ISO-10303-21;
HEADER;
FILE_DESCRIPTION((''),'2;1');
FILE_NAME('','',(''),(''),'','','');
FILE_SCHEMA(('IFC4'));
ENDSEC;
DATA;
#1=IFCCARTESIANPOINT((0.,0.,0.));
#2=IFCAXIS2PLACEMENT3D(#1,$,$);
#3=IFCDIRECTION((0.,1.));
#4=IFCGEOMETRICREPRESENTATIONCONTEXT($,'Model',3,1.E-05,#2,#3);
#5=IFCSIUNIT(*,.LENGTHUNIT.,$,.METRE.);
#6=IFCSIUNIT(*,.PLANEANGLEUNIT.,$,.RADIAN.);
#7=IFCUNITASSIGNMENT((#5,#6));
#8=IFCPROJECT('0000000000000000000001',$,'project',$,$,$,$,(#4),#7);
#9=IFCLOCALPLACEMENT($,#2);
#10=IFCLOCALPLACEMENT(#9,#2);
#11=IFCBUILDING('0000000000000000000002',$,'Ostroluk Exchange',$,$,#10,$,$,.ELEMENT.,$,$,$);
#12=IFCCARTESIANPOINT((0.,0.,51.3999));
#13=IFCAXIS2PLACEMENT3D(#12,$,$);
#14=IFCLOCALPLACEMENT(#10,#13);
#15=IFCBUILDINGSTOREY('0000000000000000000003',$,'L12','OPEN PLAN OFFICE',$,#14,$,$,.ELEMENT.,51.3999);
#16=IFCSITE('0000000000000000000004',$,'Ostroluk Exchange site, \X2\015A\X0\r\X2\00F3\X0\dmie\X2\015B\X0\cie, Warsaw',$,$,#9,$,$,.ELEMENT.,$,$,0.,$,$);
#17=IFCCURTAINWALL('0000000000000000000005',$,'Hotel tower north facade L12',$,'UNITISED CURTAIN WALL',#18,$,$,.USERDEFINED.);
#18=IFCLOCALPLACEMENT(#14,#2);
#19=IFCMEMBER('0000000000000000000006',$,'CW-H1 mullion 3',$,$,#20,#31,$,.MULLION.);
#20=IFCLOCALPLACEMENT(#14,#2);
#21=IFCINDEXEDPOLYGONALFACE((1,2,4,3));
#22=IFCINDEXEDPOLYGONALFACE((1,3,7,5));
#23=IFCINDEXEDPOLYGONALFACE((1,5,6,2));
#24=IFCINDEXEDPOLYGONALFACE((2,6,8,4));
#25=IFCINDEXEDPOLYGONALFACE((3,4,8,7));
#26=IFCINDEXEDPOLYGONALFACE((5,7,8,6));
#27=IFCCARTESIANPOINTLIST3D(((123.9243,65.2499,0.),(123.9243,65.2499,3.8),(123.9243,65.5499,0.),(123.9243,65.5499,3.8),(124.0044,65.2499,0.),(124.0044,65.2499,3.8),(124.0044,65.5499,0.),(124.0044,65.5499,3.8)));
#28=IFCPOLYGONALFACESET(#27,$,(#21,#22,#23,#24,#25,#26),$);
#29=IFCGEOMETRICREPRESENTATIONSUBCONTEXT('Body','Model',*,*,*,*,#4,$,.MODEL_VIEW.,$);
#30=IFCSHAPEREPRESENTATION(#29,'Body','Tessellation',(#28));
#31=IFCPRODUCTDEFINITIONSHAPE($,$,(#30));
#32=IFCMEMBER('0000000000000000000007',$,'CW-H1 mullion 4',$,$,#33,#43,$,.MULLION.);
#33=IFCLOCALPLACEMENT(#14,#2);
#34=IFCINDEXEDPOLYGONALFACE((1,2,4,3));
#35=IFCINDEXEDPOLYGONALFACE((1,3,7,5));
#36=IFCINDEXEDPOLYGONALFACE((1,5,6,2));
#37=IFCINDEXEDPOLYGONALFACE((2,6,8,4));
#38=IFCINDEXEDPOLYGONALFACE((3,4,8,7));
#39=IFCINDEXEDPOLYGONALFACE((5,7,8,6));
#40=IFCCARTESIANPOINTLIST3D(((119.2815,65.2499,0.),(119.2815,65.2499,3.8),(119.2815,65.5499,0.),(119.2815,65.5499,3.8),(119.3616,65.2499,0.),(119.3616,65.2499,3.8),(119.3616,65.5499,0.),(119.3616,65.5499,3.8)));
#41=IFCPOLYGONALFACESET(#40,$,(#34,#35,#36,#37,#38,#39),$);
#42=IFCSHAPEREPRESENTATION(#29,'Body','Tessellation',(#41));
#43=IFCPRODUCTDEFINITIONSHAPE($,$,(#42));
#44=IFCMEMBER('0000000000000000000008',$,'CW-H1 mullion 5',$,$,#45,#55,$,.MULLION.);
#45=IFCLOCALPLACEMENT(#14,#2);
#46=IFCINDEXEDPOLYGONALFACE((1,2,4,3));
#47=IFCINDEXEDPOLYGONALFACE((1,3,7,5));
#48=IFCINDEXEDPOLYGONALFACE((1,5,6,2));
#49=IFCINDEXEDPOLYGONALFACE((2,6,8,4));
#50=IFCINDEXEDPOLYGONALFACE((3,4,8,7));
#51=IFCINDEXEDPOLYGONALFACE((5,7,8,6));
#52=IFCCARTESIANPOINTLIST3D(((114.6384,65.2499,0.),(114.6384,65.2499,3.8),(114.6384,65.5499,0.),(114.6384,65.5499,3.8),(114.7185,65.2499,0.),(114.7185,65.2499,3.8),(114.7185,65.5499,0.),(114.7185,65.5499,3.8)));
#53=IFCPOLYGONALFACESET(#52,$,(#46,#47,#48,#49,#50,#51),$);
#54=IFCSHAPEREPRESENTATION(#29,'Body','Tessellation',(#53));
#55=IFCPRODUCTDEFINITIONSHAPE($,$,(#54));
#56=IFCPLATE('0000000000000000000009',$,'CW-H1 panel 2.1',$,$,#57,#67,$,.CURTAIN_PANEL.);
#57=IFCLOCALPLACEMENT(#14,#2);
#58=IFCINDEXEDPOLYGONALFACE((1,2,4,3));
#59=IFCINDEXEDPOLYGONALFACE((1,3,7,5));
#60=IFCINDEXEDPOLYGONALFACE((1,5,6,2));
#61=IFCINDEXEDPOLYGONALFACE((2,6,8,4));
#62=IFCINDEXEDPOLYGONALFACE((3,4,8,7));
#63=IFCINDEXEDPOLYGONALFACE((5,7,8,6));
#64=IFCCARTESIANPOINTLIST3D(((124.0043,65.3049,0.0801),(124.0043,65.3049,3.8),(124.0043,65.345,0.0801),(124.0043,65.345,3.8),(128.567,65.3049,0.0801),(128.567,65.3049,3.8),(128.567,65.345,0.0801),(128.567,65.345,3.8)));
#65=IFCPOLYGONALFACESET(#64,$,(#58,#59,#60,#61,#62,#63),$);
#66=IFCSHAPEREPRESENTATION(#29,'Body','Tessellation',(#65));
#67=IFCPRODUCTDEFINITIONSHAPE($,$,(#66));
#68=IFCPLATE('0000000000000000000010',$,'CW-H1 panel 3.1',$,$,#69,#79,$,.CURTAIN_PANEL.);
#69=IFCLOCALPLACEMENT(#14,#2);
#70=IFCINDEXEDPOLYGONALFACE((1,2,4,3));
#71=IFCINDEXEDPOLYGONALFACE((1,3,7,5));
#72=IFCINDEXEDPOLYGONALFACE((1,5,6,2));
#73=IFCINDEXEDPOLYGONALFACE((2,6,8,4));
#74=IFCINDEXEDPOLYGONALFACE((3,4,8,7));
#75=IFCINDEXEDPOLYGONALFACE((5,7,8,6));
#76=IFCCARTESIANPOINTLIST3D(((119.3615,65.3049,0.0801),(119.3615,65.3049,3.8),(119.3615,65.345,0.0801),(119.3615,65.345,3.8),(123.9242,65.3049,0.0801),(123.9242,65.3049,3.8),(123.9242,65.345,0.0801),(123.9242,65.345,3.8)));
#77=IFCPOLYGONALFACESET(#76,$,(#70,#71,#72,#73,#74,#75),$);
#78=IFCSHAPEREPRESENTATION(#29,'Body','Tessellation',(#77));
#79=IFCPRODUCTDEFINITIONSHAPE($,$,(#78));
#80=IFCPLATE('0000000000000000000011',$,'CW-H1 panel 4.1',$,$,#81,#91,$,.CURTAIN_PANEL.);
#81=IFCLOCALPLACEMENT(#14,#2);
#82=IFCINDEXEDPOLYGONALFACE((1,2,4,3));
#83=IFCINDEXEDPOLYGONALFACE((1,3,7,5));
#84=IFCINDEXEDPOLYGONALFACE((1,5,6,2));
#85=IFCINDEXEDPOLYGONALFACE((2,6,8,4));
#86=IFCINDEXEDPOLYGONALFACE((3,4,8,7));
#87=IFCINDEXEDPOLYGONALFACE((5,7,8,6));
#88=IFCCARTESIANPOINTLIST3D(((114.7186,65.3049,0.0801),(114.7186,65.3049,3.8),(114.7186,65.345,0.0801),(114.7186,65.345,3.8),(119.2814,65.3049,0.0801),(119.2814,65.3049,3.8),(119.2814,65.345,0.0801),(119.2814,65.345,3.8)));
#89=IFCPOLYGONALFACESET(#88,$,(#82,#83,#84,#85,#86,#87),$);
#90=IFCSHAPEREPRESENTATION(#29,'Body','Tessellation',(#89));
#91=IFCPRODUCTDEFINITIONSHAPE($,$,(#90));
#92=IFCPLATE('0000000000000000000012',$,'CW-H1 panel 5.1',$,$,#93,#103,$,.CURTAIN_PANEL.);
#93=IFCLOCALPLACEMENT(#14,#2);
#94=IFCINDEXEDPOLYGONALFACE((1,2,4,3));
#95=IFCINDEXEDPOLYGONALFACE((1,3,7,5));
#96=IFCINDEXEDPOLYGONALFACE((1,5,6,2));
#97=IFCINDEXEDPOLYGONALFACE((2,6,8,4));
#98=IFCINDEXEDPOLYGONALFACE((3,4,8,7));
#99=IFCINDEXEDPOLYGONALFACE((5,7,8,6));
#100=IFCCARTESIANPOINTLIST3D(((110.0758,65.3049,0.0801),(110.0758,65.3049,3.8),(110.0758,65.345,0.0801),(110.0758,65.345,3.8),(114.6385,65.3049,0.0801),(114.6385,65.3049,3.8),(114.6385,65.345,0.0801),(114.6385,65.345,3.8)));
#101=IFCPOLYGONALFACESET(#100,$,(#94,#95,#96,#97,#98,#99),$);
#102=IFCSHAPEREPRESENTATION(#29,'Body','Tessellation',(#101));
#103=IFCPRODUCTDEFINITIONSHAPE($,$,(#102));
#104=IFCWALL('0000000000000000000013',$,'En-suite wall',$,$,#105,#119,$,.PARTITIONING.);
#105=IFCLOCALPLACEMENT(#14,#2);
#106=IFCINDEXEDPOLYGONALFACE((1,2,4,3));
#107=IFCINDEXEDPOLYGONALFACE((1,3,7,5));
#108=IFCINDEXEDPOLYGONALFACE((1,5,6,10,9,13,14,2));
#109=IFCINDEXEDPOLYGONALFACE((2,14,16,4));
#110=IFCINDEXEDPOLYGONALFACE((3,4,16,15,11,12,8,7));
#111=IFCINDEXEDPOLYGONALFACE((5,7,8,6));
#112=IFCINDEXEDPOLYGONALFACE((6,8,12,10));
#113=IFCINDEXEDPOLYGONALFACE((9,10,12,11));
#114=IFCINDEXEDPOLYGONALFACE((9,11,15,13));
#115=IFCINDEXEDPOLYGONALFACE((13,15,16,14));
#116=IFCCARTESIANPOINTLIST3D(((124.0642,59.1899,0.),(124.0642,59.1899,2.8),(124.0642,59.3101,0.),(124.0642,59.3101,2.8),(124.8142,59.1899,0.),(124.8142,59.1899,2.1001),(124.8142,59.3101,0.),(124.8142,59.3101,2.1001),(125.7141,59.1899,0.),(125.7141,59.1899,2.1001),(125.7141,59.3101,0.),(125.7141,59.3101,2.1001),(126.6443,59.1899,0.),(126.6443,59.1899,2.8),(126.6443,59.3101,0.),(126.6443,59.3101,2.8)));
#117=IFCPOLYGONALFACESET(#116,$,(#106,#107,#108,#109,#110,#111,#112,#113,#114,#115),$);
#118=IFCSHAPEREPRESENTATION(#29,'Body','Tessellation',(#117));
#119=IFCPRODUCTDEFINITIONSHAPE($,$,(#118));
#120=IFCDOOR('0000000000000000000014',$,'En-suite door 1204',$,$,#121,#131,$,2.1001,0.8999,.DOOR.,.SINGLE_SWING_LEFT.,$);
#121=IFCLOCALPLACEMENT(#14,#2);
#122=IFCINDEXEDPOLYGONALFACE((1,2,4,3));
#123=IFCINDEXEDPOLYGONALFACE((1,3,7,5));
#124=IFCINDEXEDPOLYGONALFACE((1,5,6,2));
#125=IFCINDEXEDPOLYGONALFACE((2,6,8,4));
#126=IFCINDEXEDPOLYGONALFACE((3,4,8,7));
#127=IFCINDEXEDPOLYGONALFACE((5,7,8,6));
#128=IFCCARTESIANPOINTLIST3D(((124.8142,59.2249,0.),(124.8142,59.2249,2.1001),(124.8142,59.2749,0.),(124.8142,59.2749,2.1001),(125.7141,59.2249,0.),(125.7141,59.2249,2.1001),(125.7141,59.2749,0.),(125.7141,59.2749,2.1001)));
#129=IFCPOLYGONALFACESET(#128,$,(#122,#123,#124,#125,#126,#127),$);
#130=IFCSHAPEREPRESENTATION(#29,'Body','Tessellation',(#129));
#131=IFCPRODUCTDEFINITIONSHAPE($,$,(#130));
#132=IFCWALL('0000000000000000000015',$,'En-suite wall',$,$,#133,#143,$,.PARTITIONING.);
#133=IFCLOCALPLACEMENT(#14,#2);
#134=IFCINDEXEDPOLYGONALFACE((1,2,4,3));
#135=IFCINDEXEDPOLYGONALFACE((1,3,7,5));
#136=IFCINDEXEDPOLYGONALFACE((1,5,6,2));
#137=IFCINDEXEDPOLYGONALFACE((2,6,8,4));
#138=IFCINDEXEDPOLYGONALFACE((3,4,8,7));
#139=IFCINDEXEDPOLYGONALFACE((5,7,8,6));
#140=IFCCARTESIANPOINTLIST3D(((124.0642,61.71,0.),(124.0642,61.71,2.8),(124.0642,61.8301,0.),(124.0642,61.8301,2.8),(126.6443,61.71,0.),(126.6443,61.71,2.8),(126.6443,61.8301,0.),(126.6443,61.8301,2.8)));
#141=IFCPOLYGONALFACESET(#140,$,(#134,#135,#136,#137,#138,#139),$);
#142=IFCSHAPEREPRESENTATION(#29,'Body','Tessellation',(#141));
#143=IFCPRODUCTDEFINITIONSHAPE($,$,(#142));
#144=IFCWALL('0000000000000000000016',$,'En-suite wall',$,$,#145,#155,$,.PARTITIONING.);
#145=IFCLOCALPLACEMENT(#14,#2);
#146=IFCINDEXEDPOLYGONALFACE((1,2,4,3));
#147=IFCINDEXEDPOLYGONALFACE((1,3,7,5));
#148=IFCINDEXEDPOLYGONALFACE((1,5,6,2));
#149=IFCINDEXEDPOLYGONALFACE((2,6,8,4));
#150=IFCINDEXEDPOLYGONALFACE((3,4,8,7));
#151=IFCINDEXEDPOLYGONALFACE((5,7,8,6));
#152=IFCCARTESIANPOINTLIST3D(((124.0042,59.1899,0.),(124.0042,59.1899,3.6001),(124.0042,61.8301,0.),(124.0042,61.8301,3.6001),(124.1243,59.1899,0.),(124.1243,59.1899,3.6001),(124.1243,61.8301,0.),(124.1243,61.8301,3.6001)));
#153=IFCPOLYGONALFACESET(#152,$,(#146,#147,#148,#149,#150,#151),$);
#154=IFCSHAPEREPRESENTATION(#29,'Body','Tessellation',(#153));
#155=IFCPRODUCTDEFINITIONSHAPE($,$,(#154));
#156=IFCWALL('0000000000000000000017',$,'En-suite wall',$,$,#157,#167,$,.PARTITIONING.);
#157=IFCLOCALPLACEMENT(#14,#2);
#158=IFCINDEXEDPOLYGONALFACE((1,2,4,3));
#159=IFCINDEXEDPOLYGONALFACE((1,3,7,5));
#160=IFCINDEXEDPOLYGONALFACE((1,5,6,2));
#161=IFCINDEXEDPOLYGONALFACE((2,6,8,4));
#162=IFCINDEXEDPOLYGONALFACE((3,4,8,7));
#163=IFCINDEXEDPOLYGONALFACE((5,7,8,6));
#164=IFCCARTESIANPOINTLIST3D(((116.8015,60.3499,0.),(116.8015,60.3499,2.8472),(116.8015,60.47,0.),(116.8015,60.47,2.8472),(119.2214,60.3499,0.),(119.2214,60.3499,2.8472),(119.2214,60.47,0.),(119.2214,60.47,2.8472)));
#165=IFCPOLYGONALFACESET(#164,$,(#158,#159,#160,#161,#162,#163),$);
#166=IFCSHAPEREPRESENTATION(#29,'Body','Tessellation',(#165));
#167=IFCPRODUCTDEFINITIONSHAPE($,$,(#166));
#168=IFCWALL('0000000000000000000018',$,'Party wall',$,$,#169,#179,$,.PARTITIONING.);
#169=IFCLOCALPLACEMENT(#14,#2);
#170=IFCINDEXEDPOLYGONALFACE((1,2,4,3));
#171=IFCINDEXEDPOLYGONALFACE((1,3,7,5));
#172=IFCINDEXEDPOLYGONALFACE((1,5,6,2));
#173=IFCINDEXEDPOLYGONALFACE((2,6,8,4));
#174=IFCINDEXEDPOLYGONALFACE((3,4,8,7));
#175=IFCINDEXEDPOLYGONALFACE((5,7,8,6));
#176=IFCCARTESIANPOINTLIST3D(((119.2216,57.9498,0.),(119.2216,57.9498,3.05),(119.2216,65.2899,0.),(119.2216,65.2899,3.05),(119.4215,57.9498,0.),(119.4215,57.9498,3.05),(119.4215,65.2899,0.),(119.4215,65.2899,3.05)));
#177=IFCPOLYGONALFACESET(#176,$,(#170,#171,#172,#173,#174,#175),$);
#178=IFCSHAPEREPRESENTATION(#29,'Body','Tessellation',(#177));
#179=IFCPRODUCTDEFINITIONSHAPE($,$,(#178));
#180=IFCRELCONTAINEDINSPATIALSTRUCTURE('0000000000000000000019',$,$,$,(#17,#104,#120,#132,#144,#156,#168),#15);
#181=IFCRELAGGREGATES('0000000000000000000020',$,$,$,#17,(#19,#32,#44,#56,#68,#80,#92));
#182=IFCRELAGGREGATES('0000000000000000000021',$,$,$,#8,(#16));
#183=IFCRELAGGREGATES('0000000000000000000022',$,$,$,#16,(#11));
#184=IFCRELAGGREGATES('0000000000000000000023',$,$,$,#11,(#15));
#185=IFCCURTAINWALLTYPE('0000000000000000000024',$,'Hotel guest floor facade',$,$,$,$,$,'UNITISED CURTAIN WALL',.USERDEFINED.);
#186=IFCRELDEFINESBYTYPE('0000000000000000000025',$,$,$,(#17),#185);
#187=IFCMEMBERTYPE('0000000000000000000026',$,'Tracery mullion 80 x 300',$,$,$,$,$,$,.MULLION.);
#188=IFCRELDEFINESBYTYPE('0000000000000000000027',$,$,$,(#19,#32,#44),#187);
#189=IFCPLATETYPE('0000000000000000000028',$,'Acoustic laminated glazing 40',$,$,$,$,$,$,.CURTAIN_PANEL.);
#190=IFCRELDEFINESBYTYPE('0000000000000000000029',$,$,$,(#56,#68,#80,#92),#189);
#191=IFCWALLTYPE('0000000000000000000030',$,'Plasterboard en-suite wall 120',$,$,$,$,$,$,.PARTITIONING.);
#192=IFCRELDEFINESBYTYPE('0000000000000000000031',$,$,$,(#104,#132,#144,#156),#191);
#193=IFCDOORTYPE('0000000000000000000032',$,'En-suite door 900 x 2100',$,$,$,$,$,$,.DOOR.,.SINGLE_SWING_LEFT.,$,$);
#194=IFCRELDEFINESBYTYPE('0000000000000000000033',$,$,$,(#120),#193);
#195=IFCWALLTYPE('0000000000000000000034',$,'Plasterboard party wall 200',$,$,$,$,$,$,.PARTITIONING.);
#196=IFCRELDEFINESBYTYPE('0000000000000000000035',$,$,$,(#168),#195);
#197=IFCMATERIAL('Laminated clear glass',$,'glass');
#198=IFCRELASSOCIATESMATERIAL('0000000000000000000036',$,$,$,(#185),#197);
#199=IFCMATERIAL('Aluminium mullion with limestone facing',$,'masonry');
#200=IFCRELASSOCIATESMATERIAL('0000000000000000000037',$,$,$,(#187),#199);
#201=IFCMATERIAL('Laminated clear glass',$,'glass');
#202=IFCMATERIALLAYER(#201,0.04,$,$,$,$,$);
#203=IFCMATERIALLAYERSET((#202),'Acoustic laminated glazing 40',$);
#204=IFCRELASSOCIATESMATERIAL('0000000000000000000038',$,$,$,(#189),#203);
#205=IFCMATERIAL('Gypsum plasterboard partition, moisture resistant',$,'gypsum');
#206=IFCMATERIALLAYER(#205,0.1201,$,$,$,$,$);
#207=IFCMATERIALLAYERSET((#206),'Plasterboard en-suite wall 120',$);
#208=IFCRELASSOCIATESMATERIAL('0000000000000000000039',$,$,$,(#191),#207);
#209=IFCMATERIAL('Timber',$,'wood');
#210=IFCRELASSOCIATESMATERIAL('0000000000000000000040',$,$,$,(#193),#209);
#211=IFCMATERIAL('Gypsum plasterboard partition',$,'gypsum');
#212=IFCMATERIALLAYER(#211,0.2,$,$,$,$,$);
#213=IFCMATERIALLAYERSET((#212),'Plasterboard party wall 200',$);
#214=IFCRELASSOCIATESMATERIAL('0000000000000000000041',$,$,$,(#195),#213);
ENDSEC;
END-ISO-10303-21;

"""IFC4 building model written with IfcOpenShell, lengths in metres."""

from ifc_helpers import new_model, si_unit, direction, frame, frame_2d, origin, origin_2d, place, context, subcontext, project, spatial, rectangle, extrude, material, layer, layer_set, material_profile, profile_set, type_object, element, fill, aggregate, save


model = new_model("IFC4")

# Units and contexts
model_context = context("Model", 3, precision=1e-05, world=origin(), true_north=direction((0.0, 1.0)))
body_context = subcontext(model_context, "Body", "Model", "MODEL_VIEW")
ifc_project = project(units=[si_unit("LENGTHUNIT", "METRE"), si_unit("PLANEANGLEUNIT", "RADIAN")], contexts=[model_context])

# Site, building, storey
site_placement = place(None, origin())
site = spatial("IfcSite", under=ifc_project, at=site_placement, Name="Ostroluk Exchange site, Śródmieście, Warsaw", CompositionType="ELEMENT", RefElevation=0.0)
building_placement = place(site_placement, origin())
building = spatial("IfcBuilding", under=site, at=building_placement, Name="Ostroluk Exchange", CompositionType="ELEMENT")
storey_placement = place(building_placement, frame((0.0, 0.0, 51.3999)))
storey = spatial("IfcBuildingStorey", under=building, at=storey_placement, Name="L12", Description="OPEN PLAN OFFICE", CompositionType="ELEMENT", Elevation=51.3999)

# Curtain wall, members, plates
ifc_material_1 = material(Name="Laminated clear glass", Category="glass")
curtain_wall_type = type_object("IfcCurtainWallType", Name="Hotel guest floor facade", ElementType="UNITISED CURTAIN WALL", PredefinedType="USERDEFINED", material=ifc_material_1)
curtain_wall_placement = place(storey_placement, origin())
curtain_wall = element("IfcCurtainWall", 1, at=curtain_wall_placement, inside=storey, type_object=curtain_wall_type, Name="Hotel tower north facade L12", ObjectType="UNITISED CURTAIN WALL", PredefinedType="USERDEFINED")
ifc_material_2 = material(Name="Aluminium mullion with limestone facing", Category="masonry")
ifc_material_profile_1 = material_profile(ifc_material_2, rectangle(XDim=0.3, YDim=0.0801, at=origin_2d()), Name="Tracery mullion 80 x 300")
ifc_profile_set_1 = profile_set([ifc_material_profile_1], Name="Aluminium mullion with limestone facing")
member_type_1 = type_object("IfcMemberType", Name="Tracery mullion 80 x 300", PredefinedType="MULLION", material=ifc_profile_set_1)
member_1_placement = place(storey_placement, frame((123.9644, 65.3999, 0.0), z_axis=(0.0, 0.0, 1.0), x_axis=(0.0, -1.0, 0.0)))
member_1 = element("IfcMember", 2, at=member_1_placement, type_object=member_type_1, Name="CW-H1 mullion 3", PredefinedType="MULLION", context=body_context, shape_type="SweptSolid", body=[
    extrude(rectangle(XDim=0.3, YDim=0.0801, at=origin_2d()), origin(), (0.0, 0.0, 1.0), 3.8),
])
member_2_placement = place(storey_placement, frame((119.3215, 65.3999, 0.0), z_axis=(0.0, 0.0, 1.0), x_axis=(0.0, -1.0, 0.0)))
member_2 = element("IfcMember", 3, at=member_2_placement, type_object=member_type_1, Name="CW-H1 mullion 4", PredefinedType="MULLION", context=body_context, shape_type="SweptSolid", body=[
    extrude(rectangle(XDim=0.3, YDim=0.0801, at=origin_2d()), origin(), (0.0, 0.0, 1.0), 3.8),
])
member_3_placement = place(storey_placement, frame((114.6785, 65.3999, 0.0), z_axis=(0.0, 0.0, 1.0), x_axis=(0.0, -1.0, 0.0)))
member_3 = element("IfcMember", 4, at=member_3_placement, type_object=member_type_1, Name="CW-H1 mullion 5", PredefinedType="MULLION", context=body_context, shape_type="SweptSolid", body=[
    extrude(rectangle(XDim=0.3, YDim=0.0801, at=origin_2d()), origin(), (0.0, 0.0, 1.0), 3.8),
])
ifc_material_3 = material(Name="Laminated clear glass", Category="glass")
ifc_layer_1 = layer(ifc_material_3, 0.04)
ifc_layer_set_1 = layer_set([ifc_layer_1], Name="Acoustic laminated glazing 40")
plate_type = type_object("IfcPlateType", Name="Acoustic laminated glazing 40", PredefinedType="CURTAIN_PANEL", material=ifc_layer_set_1)
plate_1_placement = place(storey_placement, frame((126.2856, 65.325, 0.0801), z_axis=(0.0, 0.0, 1.0), x_axis=(-1.0, 0.0, 0.0)))
plate_1 = element("IfcPlate", 5, at=plate_1_placement, type_object=plate_type, Name="CW-H1 panel 2.1", PredefinedType="CURTAIN_PANEL", context=body_context, shape_type="SweptSolid", body=[
    extrude(rectangle(XDim=4.5627, YDim=0.04, at=origin_2d()), origin(), (0.0, 0.0, 1.0), 3.72),
])
plate_2_placement = place(storey_placement, frame((121.6428, 65.325, 0.0801), z_axis=(0.0, 0.0, 1.0), x_axis=(-1.0, 0.0, 0.0)))
plate_2 = element("IfcPlate", 6, at=plate_2_placement, type_object=plate_type, Name="CW-H1 panel 3.1", PredefinedType="CURTAIN_PANEL", context=body_context, shape_type="SweptSolid", body=[
    extrude(rectangle(XDim=4.5627, YDim=0.04, at=origin_2d()), origin(), (0.0, 0.0, 1.0), 3.72),
])
plate_3_placement = place(storey_placement, frame((117.0, 65.325, 0.0801), z_axis=(0.0, 0.0, 1.0), x_axis=(-1.0, 0.0, 0.0)))
plate_3 = element("IfcPlate", 7, at=plate_3_placement, type_object=plate_type, Name="CW-H1 panel 4.1", PredefinedType="CURTAIN_PANEL", context=body_context, shape_type="SweptSolid", body=[
    extrude(rectangle(XDim=4.5627, YDim=0.04, at=origin_2d()), origin(), (0.0, 0.0, 1.0), 3.72),
])
plate_4_placement = place(storey_placement, frame((112.3572, 65.325, 0.0801), z_axis=(0.0, 0.0, 1.0), x_axis=(-1.0, 0.0, 0.0)))
plate_4 = element("IfcPlate", 8, at=plate_4_placement, type_object=plate_type, Name="CW-H1 panel 5.1", PredefinedType="CURTAIN_PANEL", context=body_context, shape_type="SweptSolid", body=[
    extrude(rectangle(XDim=4.5627, YDim=0.04, at=origin_2d()), origin(), (0.0, 0.0, 1.0), 3.72),
])
aggregate(curtain_wall, [member_1, member_2, member_3, plate_1, plate_2, plate_3, plate_4])

# Wall, opening, door
ifc_material_4 = material(Name="Gypsum plasterboard partition, moisture resistant", Category="gypsum")
ifc_layer_2 = layer(ifc_material_4, 0.1201)
ifc_layer_set_2 = layer_set([ifc_layer_2], Name="Plasterboard en-suite wall 120")
wall_type_1 = type_object("IfcWallType", Name="Plasterboard en-suite wall 120", PredefinedType="PARTITIONING", material=ifc_layer_set_2)
wall_1_placement = place(storey_placement, frame((124.0642, 59.25, 0.0), z_axis=(0.0, 0.0, 1.0), x_axis=(1.0, 0.0, 0.0)))
wall_1 = element("IfcWall", 9, at=wall_1_placement, inside=storey, type_object=wall_type_1, Name="En-suite wall", PredefinedType="PARTITIONING", context=body_context, shape_type="SweptSolid", body=[
    extrude(rectangle(XDim=2.5801, YDim=0.1201, at=frame_2d((1.29, 0.0))), origin(), (0.0, 0.0, 1.0), 2.8),
])
opening_placement = place(wall_1_placement, frame((0.75, 0.0, 0.0)))
opening = element("IfcOpeningElement", 10, at=opening_placement, cuts=wall_1, PredefinedType="OPENING", context=body_context, shape_type="SweptSolid", body=[
    extrude(rectangle(XDim=0.8999, YDim=2.1001, at=frame_2d((0.45, 1.05))), frame((0.0, 0.0701, 0.0), z_axis=(0.0, -1.0, 0.0), x_axis=(1.0, 0.0, 0.0)), (0.0, 0.0, 1.0), 0.1401),
])
ifc_material_5 = material(Name="Timber", Category="wood")
door_type = type_object("IfcDoorType", Name="En-suite door 900 x 2100", OperationType="SINGLE_SWING_LEFT", PredefinedType="DOOR", material=ifc_material_5)
door_placement = place(opening_placement, origin())
door = element("IfcDoor", 11, at=door_placement, inside=storey, type_object=door_type, Name="En-suite door 1204", OperationType="SINGLE_SWING_LEFT", OverallHeight=2.1001, OverallWidth=0.8999, PredefinedType="DOOR", context=body_context, shape_type="SweptSolid", body=[
    extrude(rectangle(XDim=0.8999, YDim=2.1001, at=frame_2d((0.45, 1.05))), frame((0.0, 0.0249, 0.0), z_axis=(0.0, -1.0, 0.0), x_axis=(1.0, 0.0, 0.0)), (0.0, 0.0, 1.0), 0.05),
])
fill(opening, door)

# Walls
wall_2_placement = place(storey_placement, frame((124.0642, 61.77, 0.0), z_axis=(0.0, 0.0, 1.0), x_axis=(1.0, 0.0, 0.0)))
element("IfcWall", 12, at=wall_2_placement, inside=storey, type_object=wall_type_1, Name="En-suite wall", PredefinedType="PARTITIONING", context=body_context, shape_type="SweptSolid", body=[
    extrude(rectangle(XDim=2.5801, YDim=0.1201, at=frame_2d((1.29, 0.0))), origin(), (0.0, 0.0, 1.0), 2.8),
])
wall_3_placement = place(storey_placement, frame((124.0642, 59.1899, 0.0), z_axis=(0.0, 0.0, 1.0), x_axis=(0.0, 1.0, 0.0)))
element("IfcWall", 13, at=wall_3_placement, inside=storey, type_object=wall_type_1, Name="En-suite wall", PredefinedType="PARTITIONING", context=body_context, shape_type="SweptSolid", body=[
    extrude(rectangle(XDim=2.6401, YDim=0.1201, at=frame_2d((1.3201, 0.0))), origin(), (0.0, 0.0, 1.0), 3.6001),
])
wall_4_placement = place(storey_placement, frame((119.2214, 60.4099, 0.0), z_axis=(0.0, 0.0, 1.0), x_axis=(-1.0, 0.0, 0.0)))
element("IfcWall", 14, at=wall_4_placement, inside=storey, type_object=wall_type_1, Name="En-suite wall", PredefinedType="PARTITIONING", context=body_context, shape_type="SweptSolid", body=[
    extrude(rectangle(XDim=2.4199, YDim=0.1201, at=frame_2d((1.21, 0.0))), origin(), (0.0, 0.0, 1.0), 2.8472),
])
ifc_material_6 = material(Name="Gypsum plasterboard partition", Category="gypsum")
ifc_layer_3 = layer(ifc_material_6, 0.2)
ifc_layer_set_3 = layer_set([ifc_layer_3], Name="Plasterboard party wall 200")
wall_type_2 = type_object("IfcWallType", Name="Plasterboard party wall 200", PredefinedType="PARTITIONING", material=ifc_layer_set_3)
wall_5_placement = place(storey_placement, frame((119.3215, 57.95, 0.0), z_axis=(0.0, 0.0, 1.0), x_axis=(0.0, 1.0, 0.0)))
element("IfcWall", 15, at=wall_5_placement, inside=storey, type_object=wall_type_2, Name="Party wall", PredefinedType="PARTITIONING", context=body_context, shape_type="SweptSolid", body=[
    extrude(rectangle(XDim=7.3401, YDim=0.2, at=frame_2d((3.6699, 0.0))), origin(), (0.0, 0.0, 1.0), 3.05),
])

save(model, "model.ifc")
